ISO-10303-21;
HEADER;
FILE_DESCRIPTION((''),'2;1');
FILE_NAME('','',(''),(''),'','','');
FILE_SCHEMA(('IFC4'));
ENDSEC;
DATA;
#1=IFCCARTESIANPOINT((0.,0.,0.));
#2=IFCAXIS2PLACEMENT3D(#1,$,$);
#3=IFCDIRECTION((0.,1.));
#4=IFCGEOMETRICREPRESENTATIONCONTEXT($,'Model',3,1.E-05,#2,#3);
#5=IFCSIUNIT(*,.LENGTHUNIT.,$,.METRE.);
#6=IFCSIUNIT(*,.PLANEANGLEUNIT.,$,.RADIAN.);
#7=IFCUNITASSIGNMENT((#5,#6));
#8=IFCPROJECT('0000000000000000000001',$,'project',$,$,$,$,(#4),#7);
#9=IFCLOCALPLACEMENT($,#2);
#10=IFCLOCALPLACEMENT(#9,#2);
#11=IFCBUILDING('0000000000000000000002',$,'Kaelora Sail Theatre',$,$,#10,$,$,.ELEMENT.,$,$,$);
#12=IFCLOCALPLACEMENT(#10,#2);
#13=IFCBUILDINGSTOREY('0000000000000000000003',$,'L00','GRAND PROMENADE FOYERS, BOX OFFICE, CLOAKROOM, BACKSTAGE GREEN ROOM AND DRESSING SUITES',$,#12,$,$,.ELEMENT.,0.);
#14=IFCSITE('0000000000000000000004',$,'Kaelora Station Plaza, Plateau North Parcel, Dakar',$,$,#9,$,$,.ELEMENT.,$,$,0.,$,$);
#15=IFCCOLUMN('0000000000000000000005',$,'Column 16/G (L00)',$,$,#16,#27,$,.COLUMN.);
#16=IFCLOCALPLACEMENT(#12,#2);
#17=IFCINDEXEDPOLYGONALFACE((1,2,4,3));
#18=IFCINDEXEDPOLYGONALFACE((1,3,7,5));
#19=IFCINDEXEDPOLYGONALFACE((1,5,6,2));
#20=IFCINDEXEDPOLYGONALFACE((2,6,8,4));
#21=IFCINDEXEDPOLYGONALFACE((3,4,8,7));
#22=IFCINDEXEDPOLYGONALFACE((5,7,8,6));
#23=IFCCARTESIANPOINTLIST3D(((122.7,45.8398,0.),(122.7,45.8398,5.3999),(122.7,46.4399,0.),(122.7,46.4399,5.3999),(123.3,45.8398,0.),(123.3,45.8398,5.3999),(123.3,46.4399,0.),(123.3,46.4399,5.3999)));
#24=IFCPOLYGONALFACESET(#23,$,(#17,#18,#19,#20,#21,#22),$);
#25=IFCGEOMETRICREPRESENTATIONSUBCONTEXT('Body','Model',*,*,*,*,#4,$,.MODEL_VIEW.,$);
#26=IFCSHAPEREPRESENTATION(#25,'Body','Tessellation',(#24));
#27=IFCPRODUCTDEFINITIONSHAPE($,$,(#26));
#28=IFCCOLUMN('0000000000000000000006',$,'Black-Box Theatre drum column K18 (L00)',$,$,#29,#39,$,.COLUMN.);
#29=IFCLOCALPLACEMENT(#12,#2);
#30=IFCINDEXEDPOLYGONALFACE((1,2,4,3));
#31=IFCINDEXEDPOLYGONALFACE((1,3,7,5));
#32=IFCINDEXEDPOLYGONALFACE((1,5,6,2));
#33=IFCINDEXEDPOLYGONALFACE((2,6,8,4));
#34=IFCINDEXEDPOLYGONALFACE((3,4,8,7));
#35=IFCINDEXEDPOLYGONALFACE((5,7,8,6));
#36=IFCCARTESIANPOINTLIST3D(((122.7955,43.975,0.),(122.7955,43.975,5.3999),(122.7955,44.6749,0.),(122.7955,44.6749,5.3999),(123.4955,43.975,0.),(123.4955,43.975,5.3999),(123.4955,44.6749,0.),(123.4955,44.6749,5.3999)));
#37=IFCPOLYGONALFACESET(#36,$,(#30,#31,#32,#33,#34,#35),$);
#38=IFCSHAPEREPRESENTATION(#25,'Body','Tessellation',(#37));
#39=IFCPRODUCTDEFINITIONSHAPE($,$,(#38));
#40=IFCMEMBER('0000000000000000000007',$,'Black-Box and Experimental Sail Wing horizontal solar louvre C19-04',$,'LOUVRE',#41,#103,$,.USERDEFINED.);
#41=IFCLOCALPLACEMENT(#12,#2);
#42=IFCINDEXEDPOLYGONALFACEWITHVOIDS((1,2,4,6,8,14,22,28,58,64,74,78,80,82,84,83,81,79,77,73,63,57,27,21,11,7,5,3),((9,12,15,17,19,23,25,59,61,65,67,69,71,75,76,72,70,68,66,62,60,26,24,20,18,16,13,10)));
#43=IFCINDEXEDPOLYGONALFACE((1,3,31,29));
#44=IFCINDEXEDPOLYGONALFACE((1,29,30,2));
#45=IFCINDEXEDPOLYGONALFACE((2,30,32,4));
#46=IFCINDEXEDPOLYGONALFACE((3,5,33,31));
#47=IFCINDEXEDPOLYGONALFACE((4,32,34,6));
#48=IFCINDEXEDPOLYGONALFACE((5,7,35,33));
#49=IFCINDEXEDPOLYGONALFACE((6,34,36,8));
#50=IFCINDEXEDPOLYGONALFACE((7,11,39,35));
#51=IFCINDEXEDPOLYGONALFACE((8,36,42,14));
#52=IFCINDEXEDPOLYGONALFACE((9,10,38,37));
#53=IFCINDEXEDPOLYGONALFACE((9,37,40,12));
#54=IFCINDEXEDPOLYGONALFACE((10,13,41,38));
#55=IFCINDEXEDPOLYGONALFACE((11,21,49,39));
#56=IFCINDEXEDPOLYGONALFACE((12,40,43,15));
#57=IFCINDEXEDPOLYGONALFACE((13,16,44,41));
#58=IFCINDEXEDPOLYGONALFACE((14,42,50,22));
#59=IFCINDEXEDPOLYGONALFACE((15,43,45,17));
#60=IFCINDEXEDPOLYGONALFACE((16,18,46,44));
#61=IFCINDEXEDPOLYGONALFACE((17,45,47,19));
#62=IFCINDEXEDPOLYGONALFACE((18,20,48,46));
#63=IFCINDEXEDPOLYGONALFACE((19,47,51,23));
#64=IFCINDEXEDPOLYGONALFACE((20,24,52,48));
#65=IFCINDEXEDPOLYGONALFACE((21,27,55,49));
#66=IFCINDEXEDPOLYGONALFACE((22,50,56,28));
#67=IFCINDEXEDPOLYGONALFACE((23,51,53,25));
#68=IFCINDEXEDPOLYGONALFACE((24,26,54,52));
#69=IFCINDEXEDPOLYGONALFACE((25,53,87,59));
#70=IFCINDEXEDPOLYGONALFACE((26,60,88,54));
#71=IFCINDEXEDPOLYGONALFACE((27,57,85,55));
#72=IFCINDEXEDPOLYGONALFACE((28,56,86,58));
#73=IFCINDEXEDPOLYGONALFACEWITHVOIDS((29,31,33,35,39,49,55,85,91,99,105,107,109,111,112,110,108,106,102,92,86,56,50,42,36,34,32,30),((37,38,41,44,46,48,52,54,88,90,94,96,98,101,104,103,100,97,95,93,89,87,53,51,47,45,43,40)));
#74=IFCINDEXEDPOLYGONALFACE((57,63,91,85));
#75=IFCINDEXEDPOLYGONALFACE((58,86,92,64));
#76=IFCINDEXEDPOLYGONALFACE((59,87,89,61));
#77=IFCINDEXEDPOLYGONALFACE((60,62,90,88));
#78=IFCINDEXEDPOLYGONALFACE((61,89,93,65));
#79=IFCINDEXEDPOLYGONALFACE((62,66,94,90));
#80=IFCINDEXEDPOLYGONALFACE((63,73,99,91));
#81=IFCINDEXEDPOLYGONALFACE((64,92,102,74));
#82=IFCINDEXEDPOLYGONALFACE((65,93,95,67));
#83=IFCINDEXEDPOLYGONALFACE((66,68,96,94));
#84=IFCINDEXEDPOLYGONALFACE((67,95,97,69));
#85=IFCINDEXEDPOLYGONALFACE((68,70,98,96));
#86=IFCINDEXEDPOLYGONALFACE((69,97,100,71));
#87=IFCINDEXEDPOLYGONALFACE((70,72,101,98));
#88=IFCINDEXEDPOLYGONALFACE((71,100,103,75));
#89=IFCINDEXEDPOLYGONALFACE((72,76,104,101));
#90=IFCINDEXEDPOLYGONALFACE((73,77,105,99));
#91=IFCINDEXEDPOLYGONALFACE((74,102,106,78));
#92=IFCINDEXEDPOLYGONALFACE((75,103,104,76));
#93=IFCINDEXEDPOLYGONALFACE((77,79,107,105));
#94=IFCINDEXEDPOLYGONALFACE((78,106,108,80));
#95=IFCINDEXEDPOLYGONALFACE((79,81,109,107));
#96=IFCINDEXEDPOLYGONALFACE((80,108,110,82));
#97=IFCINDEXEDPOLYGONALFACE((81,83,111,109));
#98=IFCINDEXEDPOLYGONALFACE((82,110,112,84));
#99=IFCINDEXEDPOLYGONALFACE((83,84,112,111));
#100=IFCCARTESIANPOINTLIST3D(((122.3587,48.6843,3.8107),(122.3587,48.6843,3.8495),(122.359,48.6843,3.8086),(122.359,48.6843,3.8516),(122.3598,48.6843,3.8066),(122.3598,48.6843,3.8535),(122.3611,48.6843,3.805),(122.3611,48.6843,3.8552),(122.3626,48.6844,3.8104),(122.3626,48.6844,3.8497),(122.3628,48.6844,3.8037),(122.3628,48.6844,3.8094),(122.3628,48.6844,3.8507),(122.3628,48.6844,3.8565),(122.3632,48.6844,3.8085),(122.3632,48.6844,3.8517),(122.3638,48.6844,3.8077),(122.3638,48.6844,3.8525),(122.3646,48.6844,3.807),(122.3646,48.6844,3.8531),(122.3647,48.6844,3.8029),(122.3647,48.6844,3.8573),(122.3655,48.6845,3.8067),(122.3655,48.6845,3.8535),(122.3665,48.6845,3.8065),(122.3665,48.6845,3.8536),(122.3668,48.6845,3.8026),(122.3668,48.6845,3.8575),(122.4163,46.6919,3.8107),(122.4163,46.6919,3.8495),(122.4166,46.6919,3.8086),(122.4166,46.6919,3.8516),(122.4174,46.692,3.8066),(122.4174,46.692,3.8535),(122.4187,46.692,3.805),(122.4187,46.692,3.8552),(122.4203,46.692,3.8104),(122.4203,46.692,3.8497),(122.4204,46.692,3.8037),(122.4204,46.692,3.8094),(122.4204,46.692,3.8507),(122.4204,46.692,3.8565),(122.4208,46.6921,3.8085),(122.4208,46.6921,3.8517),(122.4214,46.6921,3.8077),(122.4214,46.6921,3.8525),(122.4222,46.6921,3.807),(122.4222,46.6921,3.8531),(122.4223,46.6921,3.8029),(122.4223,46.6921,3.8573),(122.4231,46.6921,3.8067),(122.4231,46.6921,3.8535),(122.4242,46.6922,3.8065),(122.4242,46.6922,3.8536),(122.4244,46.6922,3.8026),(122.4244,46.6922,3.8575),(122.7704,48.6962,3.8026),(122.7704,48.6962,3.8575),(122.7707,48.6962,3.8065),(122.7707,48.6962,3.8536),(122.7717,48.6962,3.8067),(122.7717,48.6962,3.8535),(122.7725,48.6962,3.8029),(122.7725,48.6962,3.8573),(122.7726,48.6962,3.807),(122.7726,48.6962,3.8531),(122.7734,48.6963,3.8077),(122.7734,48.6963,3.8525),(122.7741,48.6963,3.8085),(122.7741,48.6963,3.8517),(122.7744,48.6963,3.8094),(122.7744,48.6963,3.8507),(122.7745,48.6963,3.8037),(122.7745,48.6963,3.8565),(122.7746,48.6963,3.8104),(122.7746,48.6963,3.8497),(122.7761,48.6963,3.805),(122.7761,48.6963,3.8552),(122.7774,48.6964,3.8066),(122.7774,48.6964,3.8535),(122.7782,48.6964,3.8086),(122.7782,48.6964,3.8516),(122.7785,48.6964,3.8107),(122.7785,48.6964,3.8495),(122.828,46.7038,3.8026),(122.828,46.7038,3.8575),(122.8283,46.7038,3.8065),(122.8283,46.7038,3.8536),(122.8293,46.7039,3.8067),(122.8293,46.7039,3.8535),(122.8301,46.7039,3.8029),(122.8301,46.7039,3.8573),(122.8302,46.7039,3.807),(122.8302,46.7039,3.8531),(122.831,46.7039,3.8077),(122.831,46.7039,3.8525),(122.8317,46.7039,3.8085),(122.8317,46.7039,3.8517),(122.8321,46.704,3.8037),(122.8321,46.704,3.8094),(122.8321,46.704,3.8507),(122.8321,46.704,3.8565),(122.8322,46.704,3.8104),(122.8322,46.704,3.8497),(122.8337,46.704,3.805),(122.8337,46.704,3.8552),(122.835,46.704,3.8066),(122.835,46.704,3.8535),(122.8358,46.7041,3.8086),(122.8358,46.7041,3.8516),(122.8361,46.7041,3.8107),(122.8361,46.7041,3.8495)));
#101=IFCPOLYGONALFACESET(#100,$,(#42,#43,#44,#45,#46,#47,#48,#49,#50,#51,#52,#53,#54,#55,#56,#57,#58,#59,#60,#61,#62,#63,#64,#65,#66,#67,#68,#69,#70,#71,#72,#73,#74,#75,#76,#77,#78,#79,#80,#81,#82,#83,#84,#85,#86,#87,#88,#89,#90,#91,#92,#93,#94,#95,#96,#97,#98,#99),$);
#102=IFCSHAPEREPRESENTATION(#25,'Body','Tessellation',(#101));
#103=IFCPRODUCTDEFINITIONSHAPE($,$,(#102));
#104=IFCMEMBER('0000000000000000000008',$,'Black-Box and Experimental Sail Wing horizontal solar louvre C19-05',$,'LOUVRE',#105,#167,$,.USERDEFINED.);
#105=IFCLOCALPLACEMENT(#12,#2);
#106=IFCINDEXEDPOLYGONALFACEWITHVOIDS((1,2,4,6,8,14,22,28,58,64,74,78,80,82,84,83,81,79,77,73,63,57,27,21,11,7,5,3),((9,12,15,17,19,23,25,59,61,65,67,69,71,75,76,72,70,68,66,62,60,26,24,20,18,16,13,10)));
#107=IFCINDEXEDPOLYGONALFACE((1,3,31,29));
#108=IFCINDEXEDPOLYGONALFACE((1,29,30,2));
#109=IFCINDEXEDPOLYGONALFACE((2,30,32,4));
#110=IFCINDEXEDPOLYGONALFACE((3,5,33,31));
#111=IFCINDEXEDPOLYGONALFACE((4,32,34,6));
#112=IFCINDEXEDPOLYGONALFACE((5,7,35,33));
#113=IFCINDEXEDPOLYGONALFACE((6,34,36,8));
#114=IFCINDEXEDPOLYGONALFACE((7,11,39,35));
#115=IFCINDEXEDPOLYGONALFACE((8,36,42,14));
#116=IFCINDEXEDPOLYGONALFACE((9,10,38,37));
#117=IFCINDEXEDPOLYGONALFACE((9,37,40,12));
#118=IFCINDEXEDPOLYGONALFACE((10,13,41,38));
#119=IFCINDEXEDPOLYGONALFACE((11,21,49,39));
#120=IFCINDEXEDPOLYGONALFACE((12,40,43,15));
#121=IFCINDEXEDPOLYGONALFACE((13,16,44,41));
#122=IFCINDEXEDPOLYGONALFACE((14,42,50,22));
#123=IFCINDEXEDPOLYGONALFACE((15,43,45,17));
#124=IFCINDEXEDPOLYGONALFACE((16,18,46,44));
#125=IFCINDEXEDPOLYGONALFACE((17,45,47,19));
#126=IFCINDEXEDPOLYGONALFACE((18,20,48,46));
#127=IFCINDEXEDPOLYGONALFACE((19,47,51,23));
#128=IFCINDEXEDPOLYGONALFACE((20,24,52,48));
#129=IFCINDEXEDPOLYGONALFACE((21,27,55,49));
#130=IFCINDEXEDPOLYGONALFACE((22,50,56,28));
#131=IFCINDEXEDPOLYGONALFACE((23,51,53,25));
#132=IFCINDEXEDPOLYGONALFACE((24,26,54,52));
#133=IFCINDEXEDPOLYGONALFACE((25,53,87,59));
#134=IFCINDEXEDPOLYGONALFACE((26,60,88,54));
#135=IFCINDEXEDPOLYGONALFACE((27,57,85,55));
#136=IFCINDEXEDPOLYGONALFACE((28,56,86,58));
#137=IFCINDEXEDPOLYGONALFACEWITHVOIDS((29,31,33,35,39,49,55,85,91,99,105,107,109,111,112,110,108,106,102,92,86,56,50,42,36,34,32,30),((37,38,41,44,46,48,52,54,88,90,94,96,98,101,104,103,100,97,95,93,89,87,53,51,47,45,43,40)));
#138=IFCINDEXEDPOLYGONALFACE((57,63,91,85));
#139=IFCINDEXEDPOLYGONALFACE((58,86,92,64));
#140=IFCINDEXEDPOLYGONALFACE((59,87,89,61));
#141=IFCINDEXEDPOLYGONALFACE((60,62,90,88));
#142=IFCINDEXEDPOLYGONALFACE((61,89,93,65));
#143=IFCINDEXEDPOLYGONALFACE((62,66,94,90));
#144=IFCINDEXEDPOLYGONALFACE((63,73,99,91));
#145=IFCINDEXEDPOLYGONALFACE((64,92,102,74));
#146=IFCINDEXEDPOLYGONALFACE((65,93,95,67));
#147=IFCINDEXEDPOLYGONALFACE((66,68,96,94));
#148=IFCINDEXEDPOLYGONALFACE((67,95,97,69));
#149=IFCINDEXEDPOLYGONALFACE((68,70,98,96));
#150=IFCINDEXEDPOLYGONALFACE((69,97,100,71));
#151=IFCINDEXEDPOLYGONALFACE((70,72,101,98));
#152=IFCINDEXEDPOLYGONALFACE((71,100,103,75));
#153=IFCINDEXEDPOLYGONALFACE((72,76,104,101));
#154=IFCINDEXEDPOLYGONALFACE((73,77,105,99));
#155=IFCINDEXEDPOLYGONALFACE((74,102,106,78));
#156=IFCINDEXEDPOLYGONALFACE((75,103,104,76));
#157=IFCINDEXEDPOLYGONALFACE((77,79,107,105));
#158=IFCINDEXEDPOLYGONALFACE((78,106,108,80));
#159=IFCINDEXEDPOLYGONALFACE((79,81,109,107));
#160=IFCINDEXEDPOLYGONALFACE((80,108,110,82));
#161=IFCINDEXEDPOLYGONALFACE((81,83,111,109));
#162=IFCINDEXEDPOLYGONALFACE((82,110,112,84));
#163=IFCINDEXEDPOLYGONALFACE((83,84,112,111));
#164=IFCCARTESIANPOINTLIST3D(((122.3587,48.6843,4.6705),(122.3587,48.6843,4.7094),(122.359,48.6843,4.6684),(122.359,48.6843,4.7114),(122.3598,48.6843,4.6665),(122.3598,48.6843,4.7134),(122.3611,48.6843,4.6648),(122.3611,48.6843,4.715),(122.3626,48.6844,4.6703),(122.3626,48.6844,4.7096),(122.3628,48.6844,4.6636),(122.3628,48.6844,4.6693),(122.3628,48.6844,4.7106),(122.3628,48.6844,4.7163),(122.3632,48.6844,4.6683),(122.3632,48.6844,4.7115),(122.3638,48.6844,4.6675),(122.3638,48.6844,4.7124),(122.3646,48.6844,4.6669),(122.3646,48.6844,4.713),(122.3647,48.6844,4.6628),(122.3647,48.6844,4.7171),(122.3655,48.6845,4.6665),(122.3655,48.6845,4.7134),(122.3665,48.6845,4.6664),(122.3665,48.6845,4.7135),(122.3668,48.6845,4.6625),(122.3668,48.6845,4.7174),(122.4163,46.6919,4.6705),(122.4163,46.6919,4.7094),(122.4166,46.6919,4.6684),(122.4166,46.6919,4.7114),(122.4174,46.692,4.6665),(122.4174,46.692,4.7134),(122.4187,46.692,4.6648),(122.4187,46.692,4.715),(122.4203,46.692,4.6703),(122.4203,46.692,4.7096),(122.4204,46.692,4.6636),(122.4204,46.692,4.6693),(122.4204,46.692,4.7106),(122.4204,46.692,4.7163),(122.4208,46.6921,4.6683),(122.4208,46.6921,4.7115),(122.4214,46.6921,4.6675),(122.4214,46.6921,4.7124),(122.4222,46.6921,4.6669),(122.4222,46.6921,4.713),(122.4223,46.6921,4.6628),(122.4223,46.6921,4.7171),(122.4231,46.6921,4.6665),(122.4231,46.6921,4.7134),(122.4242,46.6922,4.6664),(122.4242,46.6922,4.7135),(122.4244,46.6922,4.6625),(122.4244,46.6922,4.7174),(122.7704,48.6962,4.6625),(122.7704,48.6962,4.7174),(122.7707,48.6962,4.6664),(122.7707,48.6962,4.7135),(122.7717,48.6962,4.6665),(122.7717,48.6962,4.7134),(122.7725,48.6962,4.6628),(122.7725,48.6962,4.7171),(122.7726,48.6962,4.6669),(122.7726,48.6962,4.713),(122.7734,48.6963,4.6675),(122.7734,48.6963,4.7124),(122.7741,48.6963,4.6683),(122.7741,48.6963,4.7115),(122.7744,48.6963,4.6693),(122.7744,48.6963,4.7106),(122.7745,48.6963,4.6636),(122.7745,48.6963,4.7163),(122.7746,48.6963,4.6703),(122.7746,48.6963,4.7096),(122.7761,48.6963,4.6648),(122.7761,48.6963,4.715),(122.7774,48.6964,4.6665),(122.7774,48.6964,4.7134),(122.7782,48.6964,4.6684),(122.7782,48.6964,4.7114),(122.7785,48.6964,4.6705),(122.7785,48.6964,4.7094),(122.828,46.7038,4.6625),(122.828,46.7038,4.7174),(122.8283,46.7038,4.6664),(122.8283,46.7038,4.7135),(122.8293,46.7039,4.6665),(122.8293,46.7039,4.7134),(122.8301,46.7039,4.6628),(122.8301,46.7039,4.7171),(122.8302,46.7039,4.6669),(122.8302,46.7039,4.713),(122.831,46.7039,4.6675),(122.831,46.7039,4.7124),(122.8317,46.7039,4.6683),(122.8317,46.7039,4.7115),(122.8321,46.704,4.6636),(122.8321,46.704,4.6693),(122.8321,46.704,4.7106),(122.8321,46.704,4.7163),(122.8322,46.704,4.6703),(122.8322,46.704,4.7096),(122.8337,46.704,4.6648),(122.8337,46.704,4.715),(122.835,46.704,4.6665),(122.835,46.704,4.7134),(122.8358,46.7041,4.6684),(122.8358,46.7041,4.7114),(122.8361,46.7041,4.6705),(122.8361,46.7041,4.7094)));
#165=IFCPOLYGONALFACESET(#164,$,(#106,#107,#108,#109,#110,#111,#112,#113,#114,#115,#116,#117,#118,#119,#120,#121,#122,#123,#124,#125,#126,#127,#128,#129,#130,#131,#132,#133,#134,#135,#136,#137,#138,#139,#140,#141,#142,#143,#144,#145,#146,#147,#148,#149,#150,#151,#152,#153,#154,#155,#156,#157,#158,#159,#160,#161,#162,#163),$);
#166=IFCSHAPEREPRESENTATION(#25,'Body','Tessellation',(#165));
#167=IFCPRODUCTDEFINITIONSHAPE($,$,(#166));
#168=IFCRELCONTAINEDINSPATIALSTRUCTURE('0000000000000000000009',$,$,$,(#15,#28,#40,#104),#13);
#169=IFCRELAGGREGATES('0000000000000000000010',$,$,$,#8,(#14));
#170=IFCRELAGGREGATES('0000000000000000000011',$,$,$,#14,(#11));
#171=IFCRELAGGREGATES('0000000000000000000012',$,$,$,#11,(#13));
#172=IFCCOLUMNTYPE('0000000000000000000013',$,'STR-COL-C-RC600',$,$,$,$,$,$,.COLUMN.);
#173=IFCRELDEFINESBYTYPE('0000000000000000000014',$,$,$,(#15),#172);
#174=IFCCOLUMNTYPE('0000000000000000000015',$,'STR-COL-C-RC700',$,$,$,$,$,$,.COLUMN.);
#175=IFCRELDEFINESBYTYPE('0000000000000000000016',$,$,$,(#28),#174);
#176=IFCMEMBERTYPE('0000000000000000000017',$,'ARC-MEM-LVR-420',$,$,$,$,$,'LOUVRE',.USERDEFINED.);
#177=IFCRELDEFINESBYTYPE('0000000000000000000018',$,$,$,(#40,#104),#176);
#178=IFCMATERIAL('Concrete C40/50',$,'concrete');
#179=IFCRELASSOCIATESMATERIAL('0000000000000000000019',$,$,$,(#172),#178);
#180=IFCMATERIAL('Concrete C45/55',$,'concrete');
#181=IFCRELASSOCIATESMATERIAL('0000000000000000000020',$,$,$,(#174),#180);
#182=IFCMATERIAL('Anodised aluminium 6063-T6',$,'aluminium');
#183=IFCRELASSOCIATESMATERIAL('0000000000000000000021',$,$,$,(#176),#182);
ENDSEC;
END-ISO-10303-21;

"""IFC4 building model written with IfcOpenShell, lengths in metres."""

from ifc_helpers import new_model, si_unit, direction, frame, origin, origin_2d, place, context, subcontext, project, spatial, rectangle, hollow_rectangle, extrude, material, material_profile, profile_set, type_object, element, save


model = new_model("IFC4")

# Units and contexts
model_context = context("Model", 3, precision=1e-05, world=origin(), true_north=direction((0.0, 1.0)))
body_context = subcontext(model_context, "Body", "Model", "MODEL_VIEW")
ifc_project = project(units=[si_unit("LENGTHUNIT", "METRE"), si_unit("PLANEANGLEUNIT", "RADIAN")], contexts=[model_context])

# Site, building, storey
site_placement = place(None, origin())
site = spatial("IfcSite", under=ifc_project, at=site_placement, Name="Kaelora Station Plaza, Plateau North Parcel, Dakar", CompositionType="ELEMENT", RefElevation=0.0)
building_placement = place(site_placement, origin())
building = spatial("IfcBuilding", under=site, at=building_placement, Name="Kaelora Sail Theatre", CompositionType="ELEMENT")
storey_placement = place(building_placement, origin())
storey = spatial("IfcBuildingStorey", under=building, at=storey_placement, Name="L00", Description="GRAND PROMENADE FOYERS, BOX OFFICE, CLOAKROOM, BACKSTAGE GREEN ROOM AND DRESSING SUITES", CompositionType="ELEMENT", Elevation=0.0)

# Columns
ifc_material_1 = material(Name="Concrete C40/50", Category="concrete")
ifc_material_profile_1 = material_profile(ifc_material_1, rectangle(XDim=0.6001, YDim=0.6001, at=origin_2d()), Name="RC-COL 600x600")
ifc_profile_set_1 = profile_set([ifc_material_profile_1], Name="Concrete C40/50")
column_type_1 = type_object("IfcColumnType", Name="STR-COL-C-RC600", PredefinedType="COLUMN", material=ifc_profile_set_1)
column_1_placement = place(storey_placement, frame((123.0, 46.1399, 0.0), z_axis=(0.0, 0.0, 1.0), x_axis=(1.0, 0.0, 0.0)))
element("IfcColumn", 1, at=column_1_placement, inside=storey, type_object=column_type_1, Name="Column 16/G (L00)", PredefinedType="COLUMN", context=body_context, shape_type="SweptSolid", body=[
    extrude(rectangle(XDim=0.6001, YDim=0.6001, at=origin_2d()), origin(), (0.0, 0.0, 1.0), 5.3999),
])
ifc_material_2 = material(Name="Concrete C45/55", Category="concrete")
ifc_material_profile_2 = material_profile(ifc_material_2, rectangle(XDim=0.7, YDim=0.7, at=origin_2d()), Name="RC-COL 700x700")
ifc_profile_set_2 = profile_set([ifc_material_profile_2], Name="Concrete C45/55")
column_type_2 = type_object("IfcColumnType", Name="STR-COL-C-RC700", PredefinedType="COLUMN", material=ifc_profile_set_2)
column_2_placement = place(storey_placement, frame((123.1455, 44.325, 0.0), z_axis=(0.0, 0.0, 1.0), x_axis=(1.0, 0.0, 0.0)))
element("IfcColumn", 2, at=column_2_placement, inside=storey, type_object=column_type_2, Name="Black-Box Theatre drum column K18 (L00)", PredefinedType="COLUMN", context=body_context, shape_type="SweptSolid", body=[
    extrude(rectangle(XDim=0.7, YDim=0.7, at=origin_2d()), origin(), (0.0, 0.0, 1.0), 5.3999),
])

# Members
ifc_material_3 = material(Name="Anodised aluminium 6063-T6", Category="aluminium")
ifc_material_profile_3 = material_profile(ifc_material_3, hollow_rectangle(XDim=0.4199, YDim=0.0549, WallThickness=0.0039, InnerFilletRadius=0.0039, OuterFilletRadius=0.0081, at=origin_2d()), Name="LOUVRE 420x55x4")
ifc_profile_set_3 = profile_set([ifc_material_profile_3], Name="Anodised aluminium 6063-T6")
member_type_1 = type_object("IfcMemberType", Name="ARC-MEM-LVR-420", ElementType="LOUVRE", PredefinedType="USERDEFINED", material=ifc_profile_set_3)
for number, where, z_axis, x_axis, name in (
    (3, (122.6262, 46.698, 3.8301), (-0.028906, 0.999582, 0.0), (-0.999582, -0.028906, 0.0), "Black-Box and Experimental Sail Wing horizontal solar louvre C19-04"),
    (4, (122.6262, 46.698, 4.6899), (-0.028906, 0.999582, 0.0), (-0.999582, -0.028906, 0.0), "Black-Box and Experimental Sail Wing horizontal solar louvre C19-05"),
):
    element("IfcMember", number, at=place(storey_placement, frame(where, z_axis=z_axis, x_axis=x_axis)), inside=storey, type_object=member_type_1, Name=name, ObjectType="LOUVRE", PredefinedType="USERDEFINED", context=body_context, shape_type="SweptSolid", body=[
        extrude(hollow_rectangle(XDim=0.4199, YDim=0.0549, WallThickness=0.0039, InnerFilletRadius=0.0039, OuterFilletRadius=0.0081, at=origin_2d()), origin(), (0.0, 0.0, 1.0), 1.9932),
    ])

save(model, "model.ifc")
